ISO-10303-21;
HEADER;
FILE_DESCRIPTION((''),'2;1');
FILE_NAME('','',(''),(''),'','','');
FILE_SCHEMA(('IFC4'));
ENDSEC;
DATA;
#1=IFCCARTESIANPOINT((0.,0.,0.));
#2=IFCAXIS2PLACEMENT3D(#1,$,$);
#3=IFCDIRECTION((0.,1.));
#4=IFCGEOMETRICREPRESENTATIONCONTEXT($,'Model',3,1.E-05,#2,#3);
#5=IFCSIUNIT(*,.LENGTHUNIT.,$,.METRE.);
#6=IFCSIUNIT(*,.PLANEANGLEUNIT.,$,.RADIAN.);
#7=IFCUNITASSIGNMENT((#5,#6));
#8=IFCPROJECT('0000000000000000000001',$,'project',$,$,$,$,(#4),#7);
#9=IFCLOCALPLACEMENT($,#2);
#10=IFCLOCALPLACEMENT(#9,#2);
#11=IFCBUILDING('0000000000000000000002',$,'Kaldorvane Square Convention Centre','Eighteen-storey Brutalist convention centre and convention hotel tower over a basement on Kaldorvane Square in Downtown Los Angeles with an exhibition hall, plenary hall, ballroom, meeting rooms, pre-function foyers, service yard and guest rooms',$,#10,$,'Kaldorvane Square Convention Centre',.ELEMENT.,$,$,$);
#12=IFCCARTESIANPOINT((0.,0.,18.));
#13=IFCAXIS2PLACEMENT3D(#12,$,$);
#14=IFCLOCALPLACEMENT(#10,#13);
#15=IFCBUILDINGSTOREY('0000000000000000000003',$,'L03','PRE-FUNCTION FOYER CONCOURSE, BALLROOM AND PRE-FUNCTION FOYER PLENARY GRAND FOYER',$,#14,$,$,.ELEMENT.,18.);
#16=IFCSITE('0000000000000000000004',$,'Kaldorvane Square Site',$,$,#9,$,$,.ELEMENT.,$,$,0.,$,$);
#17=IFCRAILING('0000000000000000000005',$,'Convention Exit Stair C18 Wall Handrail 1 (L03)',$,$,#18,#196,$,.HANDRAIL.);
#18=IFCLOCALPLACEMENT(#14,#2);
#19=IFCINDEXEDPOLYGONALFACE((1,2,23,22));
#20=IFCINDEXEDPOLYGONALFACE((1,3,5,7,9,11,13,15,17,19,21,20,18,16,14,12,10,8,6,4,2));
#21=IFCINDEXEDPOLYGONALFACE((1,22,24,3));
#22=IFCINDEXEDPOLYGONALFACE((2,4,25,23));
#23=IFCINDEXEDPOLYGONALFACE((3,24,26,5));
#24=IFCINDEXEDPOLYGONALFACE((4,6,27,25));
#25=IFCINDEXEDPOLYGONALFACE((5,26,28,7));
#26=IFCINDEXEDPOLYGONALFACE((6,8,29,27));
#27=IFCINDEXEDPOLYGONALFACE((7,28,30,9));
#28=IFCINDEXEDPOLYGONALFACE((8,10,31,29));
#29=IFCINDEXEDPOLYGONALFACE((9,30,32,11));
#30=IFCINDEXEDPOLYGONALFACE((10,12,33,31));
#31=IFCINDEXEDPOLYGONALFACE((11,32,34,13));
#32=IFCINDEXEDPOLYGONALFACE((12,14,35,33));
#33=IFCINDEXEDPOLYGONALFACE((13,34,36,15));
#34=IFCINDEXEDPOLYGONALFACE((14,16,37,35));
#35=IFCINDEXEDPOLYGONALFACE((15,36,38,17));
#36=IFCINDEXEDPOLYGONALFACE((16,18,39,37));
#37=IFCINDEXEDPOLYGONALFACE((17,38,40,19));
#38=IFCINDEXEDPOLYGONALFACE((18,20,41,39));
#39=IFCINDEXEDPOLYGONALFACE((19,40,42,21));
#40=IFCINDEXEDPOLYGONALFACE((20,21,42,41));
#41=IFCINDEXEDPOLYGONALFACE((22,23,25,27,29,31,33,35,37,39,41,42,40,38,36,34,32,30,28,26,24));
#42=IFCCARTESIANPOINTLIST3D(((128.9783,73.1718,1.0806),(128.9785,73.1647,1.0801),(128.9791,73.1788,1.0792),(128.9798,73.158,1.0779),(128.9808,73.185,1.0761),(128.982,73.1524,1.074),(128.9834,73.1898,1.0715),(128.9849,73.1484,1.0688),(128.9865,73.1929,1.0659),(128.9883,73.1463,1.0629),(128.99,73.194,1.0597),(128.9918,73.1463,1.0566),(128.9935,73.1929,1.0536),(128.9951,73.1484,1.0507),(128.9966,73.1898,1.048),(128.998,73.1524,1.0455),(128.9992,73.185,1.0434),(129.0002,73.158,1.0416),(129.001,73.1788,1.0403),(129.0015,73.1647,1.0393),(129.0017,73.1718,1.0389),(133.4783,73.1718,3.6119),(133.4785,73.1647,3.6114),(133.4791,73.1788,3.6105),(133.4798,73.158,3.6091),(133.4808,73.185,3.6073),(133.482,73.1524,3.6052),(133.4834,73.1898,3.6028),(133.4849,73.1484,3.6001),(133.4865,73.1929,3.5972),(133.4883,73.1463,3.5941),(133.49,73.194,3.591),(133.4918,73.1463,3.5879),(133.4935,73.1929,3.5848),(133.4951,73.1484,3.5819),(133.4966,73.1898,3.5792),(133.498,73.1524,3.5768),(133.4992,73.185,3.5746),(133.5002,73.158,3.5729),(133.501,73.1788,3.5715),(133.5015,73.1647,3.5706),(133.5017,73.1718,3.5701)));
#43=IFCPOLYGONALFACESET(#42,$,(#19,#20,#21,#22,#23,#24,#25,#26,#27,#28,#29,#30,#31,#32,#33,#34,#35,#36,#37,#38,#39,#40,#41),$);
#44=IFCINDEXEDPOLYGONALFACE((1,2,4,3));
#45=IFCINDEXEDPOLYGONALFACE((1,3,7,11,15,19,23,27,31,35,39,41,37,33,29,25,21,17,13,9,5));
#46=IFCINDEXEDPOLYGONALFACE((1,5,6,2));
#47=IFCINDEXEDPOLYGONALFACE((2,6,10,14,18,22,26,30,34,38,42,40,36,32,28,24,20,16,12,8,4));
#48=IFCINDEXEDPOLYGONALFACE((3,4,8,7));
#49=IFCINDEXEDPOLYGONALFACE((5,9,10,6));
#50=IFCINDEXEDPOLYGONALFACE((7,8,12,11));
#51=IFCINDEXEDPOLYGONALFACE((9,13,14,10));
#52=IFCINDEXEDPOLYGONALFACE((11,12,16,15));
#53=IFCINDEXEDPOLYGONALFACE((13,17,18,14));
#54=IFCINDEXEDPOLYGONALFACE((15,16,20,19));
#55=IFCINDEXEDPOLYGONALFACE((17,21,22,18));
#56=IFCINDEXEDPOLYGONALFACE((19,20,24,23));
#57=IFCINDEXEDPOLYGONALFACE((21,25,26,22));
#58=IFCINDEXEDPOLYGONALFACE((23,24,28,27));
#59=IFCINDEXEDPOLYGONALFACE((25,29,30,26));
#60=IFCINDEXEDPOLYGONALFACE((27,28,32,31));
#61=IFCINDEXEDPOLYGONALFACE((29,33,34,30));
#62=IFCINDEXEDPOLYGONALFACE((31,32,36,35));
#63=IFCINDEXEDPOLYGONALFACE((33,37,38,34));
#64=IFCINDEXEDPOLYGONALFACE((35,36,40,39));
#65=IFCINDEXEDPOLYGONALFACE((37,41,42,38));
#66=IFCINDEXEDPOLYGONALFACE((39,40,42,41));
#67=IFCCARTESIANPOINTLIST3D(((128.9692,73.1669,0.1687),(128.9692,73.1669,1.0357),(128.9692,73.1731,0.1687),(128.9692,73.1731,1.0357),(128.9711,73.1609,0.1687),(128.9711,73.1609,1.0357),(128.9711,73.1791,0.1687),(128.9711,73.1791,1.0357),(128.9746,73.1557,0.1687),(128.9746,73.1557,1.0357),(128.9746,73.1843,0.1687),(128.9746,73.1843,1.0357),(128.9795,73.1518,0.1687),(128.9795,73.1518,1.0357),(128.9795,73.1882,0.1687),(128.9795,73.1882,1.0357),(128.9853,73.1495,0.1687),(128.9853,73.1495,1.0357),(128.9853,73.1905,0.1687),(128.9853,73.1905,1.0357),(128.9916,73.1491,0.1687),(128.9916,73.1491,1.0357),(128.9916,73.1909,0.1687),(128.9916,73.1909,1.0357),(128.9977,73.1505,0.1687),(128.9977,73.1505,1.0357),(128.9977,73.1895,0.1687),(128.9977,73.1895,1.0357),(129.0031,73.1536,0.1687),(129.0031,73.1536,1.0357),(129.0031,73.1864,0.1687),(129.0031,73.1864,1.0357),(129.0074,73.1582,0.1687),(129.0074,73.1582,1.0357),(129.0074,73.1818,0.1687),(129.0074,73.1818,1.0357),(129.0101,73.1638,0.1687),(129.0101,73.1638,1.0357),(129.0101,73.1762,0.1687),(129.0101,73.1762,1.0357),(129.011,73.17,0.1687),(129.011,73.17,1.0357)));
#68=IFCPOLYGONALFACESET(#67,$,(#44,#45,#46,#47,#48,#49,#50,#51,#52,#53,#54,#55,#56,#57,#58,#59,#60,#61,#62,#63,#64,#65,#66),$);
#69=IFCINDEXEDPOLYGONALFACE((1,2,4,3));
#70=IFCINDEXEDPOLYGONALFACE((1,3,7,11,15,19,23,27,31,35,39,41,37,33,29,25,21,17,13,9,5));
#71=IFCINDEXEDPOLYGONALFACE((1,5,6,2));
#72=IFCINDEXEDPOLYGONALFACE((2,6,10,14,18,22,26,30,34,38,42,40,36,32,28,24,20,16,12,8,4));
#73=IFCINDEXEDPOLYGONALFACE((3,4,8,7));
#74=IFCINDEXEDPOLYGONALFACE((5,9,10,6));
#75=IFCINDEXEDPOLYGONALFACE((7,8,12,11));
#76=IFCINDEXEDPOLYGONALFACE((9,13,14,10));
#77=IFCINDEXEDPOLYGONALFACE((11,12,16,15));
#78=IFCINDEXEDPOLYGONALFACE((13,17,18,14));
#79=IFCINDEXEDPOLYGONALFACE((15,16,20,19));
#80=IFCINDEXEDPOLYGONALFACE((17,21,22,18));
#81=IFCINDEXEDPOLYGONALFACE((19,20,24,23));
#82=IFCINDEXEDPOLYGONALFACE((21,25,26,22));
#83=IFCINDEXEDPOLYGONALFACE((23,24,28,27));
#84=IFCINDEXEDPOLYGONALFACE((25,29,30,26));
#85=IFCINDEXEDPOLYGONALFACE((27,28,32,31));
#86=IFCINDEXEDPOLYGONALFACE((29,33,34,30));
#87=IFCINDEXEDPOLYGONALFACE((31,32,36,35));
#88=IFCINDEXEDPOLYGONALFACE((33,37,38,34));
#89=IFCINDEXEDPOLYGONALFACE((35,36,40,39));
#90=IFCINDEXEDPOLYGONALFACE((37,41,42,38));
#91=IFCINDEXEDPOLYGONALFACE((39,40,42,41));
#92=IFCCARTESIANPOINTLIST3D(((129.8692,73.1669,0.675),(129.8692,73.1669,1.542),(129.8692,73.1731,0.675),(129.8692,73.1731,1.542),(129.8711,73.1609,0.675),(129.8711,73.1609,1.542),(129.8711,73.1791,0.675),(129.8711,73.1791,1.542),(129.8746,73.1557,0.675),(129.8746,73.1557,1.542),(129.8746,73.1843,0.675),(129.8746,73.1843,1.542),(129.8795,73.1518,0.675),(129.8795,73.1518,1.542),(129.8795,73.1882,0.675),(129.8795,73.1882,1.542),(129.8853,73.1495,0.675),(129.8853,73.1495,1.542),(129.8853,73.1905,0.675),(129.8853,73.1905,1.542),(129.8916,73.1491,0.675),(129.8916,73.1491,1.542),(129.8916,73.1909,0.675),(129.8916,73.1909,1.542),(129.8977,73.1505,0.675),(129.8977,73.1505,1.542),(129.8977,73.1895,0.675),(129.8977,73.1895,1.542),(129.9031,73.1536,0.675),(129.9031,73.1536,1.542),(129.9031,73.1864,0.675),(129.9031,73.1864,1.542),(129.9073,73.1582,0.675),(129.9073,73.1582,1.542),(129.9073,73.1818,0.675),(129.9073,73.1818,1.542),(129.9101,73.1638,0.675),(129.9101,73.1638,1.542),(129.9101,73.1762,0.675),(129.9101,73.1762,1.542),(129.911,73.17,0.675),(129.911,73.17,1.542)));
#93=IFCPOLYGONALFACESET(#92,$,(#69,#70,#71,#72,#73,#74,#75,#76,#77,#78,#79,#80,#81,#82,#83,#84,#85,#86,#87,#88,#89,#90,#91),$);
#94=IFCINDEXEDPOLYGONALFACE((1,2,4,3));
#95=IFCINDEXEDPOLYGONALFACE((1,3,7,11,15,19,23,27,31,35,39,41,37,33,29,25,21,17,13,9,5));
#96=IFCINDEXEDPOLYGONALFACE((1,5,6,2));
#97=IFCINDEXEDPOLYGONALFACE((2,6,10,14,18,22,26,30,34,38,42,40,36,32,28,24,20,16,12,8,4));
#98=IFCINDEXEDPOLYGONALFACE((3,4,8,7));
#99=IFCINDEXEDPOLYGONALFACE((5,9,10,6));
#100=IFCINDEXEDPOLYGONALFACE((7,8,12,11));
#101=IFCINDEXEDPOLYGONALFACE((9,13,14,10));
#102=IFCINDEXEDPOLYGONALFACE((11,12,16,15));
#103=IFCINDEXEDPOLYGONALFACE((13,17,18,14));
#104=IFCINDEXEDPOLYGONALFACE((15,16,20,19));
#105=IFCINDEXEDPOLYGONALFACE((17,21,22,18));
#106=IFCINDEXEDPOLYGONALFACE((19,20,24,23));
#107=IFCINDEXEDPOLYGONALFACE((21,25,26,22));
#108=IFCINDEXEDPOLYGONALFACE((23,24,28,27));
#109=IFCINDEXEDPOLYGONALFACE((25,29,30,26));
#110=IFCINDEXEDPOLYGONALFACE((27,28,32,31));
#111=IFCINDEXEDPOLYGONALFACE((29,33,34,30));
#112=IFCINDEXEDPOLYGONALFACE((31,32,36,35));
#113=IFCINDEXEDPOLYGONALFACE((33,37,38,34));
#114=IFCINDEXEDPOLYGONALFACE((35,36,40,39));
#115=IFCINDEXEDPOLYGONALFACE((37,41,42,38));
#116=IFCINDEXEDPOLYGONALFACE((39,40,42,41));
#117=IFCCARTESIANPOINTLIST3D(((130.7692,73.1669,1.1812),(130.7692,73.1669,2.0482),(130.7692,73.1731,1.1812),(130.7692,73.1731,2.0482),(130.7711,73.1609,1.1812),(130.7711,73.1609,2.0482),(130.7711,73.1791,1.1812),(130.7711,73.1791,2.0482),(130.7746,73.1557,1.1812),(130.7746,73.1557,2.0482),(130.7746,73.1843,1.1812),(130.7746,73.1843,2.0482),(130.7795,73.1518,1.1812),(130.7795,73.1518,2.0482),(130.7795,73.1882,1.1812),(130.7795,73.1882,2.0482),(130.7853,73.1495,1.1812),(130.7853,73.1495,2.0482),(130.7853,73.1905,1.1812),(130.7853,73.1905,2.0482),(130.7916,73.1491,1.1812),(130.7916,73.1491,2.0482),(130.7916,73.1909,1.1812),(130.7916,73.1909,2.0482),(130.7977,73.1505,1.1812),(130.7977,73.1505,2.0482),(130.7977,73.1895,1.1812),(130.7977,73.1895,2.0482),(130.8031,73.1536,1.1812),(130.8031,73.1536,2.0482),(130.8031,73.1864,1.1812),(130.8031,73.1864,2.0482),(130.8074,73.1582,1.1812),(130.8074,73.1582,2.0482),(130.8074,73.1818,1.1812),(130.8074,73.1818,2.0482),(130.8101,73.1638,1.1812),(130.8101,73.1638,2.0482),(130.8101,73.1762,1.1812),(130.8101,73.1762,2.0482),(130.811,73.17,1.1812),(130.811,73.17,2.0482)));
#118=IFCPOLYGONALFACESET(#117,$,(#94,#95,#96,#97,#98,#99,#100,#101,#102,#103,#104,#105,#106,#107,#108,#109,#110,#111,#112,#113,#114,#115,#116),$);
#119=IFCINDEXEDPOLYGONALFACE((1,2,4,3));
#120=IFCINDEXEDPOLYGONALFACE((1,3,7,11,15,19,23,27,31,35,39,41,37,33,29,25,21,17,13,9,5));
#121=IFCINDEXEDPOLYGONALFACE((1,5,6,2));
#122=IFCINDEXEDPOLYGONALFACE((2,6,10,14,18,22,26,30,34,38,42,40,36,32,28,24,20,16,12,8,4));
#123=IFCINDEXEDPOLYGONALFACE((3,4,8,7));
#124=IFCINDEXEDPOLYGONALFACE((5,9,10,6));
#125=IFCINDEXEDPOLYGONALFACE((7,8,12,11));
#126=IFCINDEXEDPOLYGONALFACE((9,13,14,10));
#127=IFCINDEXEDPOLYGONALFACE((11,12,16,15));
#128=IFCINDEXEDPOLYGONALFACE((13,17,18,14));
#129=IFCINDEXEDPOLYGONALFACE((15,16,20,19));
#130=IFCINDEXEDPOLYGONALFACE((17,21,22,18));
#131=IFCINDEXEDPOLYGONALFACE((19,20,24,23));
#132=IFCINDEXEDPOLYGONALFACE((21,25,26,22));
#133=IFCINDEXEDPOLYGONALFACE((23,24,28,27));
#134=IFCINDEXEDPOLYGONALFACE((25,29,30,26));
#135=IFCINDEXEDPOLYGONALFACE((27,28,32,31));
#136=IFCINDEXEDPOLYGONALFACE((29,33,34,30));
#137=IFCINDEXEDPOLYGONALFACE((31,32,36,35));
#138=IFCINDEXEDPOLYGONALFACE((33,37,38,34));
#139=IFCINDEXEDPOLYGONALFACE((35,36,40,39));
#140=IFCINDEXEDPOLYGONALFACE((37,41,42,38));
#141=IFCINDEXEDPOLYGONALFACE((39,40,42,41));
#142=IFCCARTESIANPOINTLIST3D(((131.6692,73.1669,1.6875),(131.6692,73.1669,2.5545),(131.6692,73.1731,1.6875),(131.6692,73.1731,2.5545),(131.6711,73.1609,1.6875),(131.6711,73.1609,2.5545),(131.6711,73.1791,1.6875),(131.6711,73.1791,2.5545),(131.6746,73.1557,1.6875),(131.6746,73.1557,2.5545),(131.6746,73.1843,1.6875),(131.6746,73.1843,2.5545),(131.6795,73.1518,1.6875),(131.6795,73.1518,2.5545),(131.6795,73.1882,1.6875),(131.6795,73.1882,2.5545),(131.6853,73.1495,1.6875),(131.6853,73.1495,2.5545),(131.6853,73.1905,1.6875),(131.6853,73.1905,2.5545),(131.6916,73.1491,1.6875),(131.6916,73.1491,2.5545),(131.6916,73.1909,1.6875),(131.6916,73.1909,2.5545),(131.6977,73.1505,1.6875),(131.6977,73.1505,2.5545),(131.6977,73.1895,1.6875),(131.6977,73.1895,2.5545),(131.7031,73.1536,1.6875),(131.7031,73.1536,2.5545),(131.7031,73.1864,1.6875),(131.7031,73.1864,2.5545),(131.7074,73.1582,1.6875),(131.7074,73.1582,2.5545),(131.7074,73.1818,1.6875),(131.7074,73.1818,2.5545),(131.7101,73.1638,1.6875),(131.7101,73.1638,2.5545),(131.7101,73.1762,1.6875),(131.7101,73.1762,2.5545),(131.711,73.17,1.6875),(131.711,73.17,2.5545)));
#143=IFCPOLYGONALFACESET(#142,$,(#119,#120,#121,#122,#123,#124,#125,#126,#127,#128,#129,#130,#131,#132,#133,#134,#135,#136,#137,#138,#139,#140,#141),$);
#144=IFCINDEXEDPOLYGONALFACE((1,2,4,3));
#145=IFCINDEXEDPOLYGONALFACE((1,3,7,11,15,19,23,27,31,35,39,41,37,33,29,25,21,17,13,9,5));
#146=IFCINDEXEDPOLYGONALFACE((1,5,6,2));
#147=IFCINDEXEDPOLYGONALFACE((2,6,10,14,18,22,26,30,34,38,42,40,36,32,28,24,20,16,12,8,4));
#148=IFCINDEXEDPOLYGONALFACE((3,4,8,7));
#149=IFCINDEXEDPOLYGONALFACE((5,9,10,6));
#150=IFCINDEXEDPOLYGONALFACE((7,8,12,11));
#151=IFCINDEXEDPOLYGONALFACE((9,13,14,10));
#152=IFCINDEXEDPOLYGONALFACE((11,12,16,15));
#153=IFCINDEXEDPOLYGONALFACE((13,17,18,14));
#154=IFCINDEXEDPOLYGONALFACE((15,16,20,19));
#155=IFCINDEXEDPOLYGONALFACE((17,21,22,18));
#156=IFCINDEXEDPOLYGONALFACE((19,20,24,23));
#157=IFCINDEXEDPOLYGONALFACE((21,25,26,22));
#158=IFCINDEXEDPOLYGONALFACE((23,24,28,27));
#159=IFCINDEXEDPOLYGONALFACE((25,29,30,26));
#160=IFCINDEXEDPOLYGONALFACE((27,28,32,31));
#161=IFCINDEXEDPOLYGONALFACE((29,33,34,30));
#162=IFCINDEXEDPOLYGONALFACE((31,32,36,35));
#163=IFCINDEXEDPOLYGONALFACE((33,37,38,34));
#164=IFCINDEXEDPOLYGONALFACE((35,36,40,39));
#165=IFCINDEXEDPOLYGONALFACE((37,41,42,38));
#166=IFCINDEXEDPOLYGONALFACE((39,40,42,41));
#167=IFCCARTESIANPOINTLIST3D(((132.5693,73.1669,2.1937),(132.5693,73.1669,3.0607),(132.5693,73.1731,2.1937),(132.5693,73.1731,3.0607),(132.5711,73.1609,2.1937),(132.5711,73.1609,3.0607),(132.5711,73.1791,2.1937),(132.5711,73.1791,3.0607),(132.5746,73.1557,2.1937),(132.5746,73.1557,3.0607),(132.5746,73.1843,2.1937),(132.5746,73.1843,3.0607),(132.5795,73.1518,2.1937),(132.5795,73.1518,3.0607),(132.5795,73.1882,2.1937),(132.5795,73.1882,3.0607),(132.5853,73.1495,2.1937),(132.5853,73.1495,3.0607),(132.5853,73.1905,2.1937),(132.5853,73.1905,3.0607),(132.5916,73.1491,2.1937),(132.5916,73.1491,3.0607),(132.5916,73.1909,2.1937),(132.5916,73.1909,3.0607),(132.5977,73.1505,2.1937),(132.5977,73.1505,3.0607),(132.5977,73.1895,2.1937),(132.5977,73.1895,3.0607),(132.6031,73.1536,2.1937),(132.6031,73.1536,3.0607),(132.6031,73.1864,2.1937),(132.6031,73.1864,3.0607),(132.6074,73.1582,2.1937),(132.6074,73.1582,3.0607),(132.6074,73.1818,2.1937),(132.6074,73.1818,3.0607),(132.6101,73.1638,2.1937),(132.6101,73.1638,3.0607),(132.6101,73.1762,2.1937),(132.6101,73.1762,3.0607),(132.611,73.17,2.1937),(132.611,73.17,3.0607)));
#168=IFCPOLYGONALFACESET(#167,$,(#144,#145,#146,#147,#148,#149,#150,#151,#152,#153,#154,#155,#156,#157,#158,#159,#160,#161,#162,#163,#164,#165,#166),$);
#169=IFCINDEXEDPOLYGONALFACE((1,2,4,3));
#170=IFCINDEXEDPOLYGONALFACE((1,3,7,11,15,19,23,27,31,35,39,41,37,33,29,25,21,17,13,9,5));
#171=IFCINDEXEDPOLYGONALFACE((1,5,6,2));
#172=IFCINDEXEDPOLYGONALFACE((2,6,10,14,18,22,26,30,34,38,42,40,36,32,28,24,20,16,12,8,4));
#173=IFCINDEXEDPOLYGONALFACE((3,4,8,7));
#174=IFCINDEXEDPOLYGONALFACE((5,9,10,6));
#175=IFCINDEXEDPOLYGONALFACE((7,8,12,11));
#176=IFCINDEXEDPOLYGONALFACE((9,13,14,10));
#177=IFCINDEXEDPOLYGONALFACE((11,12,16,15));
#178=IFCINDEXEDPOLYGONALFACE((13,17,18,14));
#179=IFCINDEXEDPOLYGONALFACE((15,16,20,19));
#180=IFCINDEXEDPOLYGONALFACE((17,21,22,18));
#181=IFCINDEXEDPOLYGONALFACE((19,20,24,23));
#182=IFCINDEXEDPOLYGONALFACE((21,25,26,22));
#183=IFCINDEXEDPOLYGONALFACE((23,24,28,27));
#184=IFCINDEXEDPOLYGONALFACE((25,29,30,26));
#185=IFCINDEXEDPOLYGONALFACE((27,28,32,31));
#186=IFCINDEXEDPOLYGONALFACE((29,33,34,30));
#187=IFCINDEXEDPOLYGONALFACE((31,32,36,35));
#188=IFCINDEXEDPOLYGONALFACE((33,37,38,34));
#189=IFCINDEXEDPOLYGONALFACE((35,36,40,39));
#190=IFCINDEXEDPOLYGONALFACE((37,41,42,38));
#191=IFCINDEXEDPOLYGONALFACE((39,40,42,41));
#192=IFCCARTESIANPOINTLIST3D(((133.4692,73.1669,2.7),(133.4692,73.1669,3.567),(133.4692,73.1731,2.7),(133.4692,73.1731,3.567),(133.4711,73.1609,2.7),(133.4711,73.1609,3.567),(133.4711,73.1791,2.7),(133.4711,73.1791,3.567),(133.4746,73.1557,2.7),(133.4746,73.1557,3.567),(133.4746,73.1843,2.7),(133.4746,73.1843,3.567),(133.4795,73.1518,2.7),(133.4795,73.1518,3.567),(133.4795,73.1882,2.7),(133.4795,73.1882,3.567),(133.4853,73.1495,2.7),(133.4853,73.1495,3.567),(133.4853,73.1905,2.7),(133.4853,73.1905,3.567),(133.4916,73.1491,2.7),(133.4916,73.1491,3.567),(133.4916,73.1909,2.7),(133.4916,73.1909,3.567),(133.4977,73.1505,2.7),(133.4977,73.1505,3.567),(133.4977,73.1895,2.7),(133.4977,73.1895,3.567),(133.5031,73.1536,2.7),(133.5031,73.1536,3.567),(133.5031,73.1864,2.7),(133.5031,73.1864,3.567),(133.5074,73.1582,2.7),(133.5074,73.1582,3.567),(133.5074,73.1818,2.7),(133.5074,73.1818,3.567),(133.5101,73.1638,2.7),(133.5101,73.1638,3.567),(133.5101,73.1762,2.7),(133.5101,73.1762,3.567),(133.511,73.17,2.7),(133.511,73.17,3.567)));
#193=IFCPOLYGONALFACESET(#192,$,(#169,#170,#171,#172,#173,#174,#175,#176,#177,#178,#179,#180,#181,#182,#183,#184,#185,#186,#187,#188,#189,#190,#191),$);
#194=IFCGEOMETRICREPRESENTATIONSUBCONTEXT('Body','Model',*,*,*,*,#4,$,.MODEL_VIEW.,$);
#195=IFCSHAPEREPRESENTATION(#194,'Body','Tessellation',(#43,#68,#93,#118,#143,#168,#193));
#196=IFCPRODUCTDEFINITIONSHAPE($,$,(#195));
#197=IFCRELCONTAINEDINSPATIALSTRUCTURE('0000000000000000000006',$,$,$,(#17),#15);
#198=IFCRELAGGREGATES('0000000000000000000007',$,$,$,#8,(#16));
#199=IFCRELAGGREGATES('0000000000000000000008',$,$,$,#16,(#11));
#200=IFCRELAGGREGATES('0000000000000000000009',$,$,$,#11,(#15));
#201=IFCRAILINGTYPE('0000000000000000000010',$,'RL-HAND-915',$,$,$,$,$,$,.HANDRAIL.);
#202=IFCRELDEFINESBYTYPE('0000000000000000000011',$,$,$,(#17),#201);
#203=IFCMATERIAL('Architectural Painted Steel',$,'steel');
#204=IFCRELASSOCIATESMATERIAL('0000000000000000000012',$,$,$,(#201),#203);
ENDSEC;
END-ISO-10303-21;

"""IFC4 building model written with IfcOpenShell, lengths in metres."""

from ifc_helpers import new_model, si_unit, direction, frame, origin, origin_2d, place, context, subcontext, project, spatial, circle, extrude, material, type_object, element, save


model = new_model("IFC4")

# Units and contexts
model_context = context("Model", 3, precision=1e-05, world=origin(), true_north=direction((0.0, 1.0)))
body_context = subcontext(model_context, "Body", "Model", "MODEL_VIEW")
ifc_project = project(units=[si_unit("LENGTHUNIT", "METRE"), si_unit("PLANEANGLEUNIT", "RADIAN")], contexts=[model_context])

# Site, building, storey
site_placement = place(None, origin())
site = spatial("IfcSite", under=ifc_project, at=site_placement, Name="Kaldorvane Square Site", CompositionType="ELEMENT", RefElevation=0.0)
building_placement = place(site_placement, origin())
building = spatial("IfcBuilding", under=site, at=building_placement, Name="Kaldorvane Square Convention Centre", Description="Eighteen-storey Brutalist convention centre and convention hotel tower over a basement on Kaldorvane Square in Downtown Los Angeles with an exhibition hall, plenary hall, ballroom, meeting rooms, pre-function foyers, service yard and guest rooms", LongName="Kaldorvane Square Convention Centre", CompositionType="ELEMENT")
storey_placement = place(building_placement, frame((0.0, 0.0, 18.0)))
storey = spatial("IfcBuildingStorey", under=building, at=storey_placement, Name="L03", Description="PRE-FUNCTION FOYER CONCOURSE, BALLROOM AND PRE-FUNCTION FOYER PLENARY GRAND FOYER", CompositionType="ELEMENT", Elevation=18.0)

# Railing
ifc_material_1 = material(Name="Architectural Painted Steel", Category="steel")
railing_type_1 = type_object("IfcRailingType", Name="RL-HAND-915", PredefinedType="HANDRAIL", material=ifc_material_1)
railing_1_placement = place(storey_placement, frame((128.99, 73.17, 0.1687)))
element("IfcRailing", 1, at=railing_1_placement, inside=storey, type_object=railing_type_1, Name="Convention Exit Stair C18 Wall Handrail 1 (L03)", PredefinedType="HANDRAIL", context=body_context, shape_type="SweptSolid", body=[
    extrude(circle(Radius=0.024, at=origin_2d()), frame((0.0, 0.0, 0.891), z_axis=(0.871576, 0.0, 0.490261), x_axis=(0.0, 1.0, 0.0)), (0.0, 0.0, 1.0), 5.1631),
    extrude(circle(Radius=0.021, at=origin_2d()), origin(), (0.0, 0.0, 1.0), 0.867),
    extrude(circle(Radius=0.021, at=origin_2d()), frame((0.9, 0.0, 0.5063)), (0.0, 0.0, 1.0), 0.867),
    extrude(circle(Radius=0.021, at=origin_2d()), frame((1.8, 0.0, 1.0125)), (0.0, 0.0, 1.0), 0.867),
    extrude(circle(Radius=0.021, at=origin_2d()), frame((2.7, 0.0, 1.5188)), (0.0, 0.0, 1.0), 0.867),
    extrude(circle(Radius=0.021, at=origin_2d()), frame((3.6, 0.0, 2.025)), (0.0, 0.0, 1.0), 0.867),
    extrude(circle(Radius=0.021, at=origin_2d()), frame((4.5, 0.0, 2.5312)), (0.0, 0.0, 1.0), 0.867),
])

save(model, "model.ifc")
